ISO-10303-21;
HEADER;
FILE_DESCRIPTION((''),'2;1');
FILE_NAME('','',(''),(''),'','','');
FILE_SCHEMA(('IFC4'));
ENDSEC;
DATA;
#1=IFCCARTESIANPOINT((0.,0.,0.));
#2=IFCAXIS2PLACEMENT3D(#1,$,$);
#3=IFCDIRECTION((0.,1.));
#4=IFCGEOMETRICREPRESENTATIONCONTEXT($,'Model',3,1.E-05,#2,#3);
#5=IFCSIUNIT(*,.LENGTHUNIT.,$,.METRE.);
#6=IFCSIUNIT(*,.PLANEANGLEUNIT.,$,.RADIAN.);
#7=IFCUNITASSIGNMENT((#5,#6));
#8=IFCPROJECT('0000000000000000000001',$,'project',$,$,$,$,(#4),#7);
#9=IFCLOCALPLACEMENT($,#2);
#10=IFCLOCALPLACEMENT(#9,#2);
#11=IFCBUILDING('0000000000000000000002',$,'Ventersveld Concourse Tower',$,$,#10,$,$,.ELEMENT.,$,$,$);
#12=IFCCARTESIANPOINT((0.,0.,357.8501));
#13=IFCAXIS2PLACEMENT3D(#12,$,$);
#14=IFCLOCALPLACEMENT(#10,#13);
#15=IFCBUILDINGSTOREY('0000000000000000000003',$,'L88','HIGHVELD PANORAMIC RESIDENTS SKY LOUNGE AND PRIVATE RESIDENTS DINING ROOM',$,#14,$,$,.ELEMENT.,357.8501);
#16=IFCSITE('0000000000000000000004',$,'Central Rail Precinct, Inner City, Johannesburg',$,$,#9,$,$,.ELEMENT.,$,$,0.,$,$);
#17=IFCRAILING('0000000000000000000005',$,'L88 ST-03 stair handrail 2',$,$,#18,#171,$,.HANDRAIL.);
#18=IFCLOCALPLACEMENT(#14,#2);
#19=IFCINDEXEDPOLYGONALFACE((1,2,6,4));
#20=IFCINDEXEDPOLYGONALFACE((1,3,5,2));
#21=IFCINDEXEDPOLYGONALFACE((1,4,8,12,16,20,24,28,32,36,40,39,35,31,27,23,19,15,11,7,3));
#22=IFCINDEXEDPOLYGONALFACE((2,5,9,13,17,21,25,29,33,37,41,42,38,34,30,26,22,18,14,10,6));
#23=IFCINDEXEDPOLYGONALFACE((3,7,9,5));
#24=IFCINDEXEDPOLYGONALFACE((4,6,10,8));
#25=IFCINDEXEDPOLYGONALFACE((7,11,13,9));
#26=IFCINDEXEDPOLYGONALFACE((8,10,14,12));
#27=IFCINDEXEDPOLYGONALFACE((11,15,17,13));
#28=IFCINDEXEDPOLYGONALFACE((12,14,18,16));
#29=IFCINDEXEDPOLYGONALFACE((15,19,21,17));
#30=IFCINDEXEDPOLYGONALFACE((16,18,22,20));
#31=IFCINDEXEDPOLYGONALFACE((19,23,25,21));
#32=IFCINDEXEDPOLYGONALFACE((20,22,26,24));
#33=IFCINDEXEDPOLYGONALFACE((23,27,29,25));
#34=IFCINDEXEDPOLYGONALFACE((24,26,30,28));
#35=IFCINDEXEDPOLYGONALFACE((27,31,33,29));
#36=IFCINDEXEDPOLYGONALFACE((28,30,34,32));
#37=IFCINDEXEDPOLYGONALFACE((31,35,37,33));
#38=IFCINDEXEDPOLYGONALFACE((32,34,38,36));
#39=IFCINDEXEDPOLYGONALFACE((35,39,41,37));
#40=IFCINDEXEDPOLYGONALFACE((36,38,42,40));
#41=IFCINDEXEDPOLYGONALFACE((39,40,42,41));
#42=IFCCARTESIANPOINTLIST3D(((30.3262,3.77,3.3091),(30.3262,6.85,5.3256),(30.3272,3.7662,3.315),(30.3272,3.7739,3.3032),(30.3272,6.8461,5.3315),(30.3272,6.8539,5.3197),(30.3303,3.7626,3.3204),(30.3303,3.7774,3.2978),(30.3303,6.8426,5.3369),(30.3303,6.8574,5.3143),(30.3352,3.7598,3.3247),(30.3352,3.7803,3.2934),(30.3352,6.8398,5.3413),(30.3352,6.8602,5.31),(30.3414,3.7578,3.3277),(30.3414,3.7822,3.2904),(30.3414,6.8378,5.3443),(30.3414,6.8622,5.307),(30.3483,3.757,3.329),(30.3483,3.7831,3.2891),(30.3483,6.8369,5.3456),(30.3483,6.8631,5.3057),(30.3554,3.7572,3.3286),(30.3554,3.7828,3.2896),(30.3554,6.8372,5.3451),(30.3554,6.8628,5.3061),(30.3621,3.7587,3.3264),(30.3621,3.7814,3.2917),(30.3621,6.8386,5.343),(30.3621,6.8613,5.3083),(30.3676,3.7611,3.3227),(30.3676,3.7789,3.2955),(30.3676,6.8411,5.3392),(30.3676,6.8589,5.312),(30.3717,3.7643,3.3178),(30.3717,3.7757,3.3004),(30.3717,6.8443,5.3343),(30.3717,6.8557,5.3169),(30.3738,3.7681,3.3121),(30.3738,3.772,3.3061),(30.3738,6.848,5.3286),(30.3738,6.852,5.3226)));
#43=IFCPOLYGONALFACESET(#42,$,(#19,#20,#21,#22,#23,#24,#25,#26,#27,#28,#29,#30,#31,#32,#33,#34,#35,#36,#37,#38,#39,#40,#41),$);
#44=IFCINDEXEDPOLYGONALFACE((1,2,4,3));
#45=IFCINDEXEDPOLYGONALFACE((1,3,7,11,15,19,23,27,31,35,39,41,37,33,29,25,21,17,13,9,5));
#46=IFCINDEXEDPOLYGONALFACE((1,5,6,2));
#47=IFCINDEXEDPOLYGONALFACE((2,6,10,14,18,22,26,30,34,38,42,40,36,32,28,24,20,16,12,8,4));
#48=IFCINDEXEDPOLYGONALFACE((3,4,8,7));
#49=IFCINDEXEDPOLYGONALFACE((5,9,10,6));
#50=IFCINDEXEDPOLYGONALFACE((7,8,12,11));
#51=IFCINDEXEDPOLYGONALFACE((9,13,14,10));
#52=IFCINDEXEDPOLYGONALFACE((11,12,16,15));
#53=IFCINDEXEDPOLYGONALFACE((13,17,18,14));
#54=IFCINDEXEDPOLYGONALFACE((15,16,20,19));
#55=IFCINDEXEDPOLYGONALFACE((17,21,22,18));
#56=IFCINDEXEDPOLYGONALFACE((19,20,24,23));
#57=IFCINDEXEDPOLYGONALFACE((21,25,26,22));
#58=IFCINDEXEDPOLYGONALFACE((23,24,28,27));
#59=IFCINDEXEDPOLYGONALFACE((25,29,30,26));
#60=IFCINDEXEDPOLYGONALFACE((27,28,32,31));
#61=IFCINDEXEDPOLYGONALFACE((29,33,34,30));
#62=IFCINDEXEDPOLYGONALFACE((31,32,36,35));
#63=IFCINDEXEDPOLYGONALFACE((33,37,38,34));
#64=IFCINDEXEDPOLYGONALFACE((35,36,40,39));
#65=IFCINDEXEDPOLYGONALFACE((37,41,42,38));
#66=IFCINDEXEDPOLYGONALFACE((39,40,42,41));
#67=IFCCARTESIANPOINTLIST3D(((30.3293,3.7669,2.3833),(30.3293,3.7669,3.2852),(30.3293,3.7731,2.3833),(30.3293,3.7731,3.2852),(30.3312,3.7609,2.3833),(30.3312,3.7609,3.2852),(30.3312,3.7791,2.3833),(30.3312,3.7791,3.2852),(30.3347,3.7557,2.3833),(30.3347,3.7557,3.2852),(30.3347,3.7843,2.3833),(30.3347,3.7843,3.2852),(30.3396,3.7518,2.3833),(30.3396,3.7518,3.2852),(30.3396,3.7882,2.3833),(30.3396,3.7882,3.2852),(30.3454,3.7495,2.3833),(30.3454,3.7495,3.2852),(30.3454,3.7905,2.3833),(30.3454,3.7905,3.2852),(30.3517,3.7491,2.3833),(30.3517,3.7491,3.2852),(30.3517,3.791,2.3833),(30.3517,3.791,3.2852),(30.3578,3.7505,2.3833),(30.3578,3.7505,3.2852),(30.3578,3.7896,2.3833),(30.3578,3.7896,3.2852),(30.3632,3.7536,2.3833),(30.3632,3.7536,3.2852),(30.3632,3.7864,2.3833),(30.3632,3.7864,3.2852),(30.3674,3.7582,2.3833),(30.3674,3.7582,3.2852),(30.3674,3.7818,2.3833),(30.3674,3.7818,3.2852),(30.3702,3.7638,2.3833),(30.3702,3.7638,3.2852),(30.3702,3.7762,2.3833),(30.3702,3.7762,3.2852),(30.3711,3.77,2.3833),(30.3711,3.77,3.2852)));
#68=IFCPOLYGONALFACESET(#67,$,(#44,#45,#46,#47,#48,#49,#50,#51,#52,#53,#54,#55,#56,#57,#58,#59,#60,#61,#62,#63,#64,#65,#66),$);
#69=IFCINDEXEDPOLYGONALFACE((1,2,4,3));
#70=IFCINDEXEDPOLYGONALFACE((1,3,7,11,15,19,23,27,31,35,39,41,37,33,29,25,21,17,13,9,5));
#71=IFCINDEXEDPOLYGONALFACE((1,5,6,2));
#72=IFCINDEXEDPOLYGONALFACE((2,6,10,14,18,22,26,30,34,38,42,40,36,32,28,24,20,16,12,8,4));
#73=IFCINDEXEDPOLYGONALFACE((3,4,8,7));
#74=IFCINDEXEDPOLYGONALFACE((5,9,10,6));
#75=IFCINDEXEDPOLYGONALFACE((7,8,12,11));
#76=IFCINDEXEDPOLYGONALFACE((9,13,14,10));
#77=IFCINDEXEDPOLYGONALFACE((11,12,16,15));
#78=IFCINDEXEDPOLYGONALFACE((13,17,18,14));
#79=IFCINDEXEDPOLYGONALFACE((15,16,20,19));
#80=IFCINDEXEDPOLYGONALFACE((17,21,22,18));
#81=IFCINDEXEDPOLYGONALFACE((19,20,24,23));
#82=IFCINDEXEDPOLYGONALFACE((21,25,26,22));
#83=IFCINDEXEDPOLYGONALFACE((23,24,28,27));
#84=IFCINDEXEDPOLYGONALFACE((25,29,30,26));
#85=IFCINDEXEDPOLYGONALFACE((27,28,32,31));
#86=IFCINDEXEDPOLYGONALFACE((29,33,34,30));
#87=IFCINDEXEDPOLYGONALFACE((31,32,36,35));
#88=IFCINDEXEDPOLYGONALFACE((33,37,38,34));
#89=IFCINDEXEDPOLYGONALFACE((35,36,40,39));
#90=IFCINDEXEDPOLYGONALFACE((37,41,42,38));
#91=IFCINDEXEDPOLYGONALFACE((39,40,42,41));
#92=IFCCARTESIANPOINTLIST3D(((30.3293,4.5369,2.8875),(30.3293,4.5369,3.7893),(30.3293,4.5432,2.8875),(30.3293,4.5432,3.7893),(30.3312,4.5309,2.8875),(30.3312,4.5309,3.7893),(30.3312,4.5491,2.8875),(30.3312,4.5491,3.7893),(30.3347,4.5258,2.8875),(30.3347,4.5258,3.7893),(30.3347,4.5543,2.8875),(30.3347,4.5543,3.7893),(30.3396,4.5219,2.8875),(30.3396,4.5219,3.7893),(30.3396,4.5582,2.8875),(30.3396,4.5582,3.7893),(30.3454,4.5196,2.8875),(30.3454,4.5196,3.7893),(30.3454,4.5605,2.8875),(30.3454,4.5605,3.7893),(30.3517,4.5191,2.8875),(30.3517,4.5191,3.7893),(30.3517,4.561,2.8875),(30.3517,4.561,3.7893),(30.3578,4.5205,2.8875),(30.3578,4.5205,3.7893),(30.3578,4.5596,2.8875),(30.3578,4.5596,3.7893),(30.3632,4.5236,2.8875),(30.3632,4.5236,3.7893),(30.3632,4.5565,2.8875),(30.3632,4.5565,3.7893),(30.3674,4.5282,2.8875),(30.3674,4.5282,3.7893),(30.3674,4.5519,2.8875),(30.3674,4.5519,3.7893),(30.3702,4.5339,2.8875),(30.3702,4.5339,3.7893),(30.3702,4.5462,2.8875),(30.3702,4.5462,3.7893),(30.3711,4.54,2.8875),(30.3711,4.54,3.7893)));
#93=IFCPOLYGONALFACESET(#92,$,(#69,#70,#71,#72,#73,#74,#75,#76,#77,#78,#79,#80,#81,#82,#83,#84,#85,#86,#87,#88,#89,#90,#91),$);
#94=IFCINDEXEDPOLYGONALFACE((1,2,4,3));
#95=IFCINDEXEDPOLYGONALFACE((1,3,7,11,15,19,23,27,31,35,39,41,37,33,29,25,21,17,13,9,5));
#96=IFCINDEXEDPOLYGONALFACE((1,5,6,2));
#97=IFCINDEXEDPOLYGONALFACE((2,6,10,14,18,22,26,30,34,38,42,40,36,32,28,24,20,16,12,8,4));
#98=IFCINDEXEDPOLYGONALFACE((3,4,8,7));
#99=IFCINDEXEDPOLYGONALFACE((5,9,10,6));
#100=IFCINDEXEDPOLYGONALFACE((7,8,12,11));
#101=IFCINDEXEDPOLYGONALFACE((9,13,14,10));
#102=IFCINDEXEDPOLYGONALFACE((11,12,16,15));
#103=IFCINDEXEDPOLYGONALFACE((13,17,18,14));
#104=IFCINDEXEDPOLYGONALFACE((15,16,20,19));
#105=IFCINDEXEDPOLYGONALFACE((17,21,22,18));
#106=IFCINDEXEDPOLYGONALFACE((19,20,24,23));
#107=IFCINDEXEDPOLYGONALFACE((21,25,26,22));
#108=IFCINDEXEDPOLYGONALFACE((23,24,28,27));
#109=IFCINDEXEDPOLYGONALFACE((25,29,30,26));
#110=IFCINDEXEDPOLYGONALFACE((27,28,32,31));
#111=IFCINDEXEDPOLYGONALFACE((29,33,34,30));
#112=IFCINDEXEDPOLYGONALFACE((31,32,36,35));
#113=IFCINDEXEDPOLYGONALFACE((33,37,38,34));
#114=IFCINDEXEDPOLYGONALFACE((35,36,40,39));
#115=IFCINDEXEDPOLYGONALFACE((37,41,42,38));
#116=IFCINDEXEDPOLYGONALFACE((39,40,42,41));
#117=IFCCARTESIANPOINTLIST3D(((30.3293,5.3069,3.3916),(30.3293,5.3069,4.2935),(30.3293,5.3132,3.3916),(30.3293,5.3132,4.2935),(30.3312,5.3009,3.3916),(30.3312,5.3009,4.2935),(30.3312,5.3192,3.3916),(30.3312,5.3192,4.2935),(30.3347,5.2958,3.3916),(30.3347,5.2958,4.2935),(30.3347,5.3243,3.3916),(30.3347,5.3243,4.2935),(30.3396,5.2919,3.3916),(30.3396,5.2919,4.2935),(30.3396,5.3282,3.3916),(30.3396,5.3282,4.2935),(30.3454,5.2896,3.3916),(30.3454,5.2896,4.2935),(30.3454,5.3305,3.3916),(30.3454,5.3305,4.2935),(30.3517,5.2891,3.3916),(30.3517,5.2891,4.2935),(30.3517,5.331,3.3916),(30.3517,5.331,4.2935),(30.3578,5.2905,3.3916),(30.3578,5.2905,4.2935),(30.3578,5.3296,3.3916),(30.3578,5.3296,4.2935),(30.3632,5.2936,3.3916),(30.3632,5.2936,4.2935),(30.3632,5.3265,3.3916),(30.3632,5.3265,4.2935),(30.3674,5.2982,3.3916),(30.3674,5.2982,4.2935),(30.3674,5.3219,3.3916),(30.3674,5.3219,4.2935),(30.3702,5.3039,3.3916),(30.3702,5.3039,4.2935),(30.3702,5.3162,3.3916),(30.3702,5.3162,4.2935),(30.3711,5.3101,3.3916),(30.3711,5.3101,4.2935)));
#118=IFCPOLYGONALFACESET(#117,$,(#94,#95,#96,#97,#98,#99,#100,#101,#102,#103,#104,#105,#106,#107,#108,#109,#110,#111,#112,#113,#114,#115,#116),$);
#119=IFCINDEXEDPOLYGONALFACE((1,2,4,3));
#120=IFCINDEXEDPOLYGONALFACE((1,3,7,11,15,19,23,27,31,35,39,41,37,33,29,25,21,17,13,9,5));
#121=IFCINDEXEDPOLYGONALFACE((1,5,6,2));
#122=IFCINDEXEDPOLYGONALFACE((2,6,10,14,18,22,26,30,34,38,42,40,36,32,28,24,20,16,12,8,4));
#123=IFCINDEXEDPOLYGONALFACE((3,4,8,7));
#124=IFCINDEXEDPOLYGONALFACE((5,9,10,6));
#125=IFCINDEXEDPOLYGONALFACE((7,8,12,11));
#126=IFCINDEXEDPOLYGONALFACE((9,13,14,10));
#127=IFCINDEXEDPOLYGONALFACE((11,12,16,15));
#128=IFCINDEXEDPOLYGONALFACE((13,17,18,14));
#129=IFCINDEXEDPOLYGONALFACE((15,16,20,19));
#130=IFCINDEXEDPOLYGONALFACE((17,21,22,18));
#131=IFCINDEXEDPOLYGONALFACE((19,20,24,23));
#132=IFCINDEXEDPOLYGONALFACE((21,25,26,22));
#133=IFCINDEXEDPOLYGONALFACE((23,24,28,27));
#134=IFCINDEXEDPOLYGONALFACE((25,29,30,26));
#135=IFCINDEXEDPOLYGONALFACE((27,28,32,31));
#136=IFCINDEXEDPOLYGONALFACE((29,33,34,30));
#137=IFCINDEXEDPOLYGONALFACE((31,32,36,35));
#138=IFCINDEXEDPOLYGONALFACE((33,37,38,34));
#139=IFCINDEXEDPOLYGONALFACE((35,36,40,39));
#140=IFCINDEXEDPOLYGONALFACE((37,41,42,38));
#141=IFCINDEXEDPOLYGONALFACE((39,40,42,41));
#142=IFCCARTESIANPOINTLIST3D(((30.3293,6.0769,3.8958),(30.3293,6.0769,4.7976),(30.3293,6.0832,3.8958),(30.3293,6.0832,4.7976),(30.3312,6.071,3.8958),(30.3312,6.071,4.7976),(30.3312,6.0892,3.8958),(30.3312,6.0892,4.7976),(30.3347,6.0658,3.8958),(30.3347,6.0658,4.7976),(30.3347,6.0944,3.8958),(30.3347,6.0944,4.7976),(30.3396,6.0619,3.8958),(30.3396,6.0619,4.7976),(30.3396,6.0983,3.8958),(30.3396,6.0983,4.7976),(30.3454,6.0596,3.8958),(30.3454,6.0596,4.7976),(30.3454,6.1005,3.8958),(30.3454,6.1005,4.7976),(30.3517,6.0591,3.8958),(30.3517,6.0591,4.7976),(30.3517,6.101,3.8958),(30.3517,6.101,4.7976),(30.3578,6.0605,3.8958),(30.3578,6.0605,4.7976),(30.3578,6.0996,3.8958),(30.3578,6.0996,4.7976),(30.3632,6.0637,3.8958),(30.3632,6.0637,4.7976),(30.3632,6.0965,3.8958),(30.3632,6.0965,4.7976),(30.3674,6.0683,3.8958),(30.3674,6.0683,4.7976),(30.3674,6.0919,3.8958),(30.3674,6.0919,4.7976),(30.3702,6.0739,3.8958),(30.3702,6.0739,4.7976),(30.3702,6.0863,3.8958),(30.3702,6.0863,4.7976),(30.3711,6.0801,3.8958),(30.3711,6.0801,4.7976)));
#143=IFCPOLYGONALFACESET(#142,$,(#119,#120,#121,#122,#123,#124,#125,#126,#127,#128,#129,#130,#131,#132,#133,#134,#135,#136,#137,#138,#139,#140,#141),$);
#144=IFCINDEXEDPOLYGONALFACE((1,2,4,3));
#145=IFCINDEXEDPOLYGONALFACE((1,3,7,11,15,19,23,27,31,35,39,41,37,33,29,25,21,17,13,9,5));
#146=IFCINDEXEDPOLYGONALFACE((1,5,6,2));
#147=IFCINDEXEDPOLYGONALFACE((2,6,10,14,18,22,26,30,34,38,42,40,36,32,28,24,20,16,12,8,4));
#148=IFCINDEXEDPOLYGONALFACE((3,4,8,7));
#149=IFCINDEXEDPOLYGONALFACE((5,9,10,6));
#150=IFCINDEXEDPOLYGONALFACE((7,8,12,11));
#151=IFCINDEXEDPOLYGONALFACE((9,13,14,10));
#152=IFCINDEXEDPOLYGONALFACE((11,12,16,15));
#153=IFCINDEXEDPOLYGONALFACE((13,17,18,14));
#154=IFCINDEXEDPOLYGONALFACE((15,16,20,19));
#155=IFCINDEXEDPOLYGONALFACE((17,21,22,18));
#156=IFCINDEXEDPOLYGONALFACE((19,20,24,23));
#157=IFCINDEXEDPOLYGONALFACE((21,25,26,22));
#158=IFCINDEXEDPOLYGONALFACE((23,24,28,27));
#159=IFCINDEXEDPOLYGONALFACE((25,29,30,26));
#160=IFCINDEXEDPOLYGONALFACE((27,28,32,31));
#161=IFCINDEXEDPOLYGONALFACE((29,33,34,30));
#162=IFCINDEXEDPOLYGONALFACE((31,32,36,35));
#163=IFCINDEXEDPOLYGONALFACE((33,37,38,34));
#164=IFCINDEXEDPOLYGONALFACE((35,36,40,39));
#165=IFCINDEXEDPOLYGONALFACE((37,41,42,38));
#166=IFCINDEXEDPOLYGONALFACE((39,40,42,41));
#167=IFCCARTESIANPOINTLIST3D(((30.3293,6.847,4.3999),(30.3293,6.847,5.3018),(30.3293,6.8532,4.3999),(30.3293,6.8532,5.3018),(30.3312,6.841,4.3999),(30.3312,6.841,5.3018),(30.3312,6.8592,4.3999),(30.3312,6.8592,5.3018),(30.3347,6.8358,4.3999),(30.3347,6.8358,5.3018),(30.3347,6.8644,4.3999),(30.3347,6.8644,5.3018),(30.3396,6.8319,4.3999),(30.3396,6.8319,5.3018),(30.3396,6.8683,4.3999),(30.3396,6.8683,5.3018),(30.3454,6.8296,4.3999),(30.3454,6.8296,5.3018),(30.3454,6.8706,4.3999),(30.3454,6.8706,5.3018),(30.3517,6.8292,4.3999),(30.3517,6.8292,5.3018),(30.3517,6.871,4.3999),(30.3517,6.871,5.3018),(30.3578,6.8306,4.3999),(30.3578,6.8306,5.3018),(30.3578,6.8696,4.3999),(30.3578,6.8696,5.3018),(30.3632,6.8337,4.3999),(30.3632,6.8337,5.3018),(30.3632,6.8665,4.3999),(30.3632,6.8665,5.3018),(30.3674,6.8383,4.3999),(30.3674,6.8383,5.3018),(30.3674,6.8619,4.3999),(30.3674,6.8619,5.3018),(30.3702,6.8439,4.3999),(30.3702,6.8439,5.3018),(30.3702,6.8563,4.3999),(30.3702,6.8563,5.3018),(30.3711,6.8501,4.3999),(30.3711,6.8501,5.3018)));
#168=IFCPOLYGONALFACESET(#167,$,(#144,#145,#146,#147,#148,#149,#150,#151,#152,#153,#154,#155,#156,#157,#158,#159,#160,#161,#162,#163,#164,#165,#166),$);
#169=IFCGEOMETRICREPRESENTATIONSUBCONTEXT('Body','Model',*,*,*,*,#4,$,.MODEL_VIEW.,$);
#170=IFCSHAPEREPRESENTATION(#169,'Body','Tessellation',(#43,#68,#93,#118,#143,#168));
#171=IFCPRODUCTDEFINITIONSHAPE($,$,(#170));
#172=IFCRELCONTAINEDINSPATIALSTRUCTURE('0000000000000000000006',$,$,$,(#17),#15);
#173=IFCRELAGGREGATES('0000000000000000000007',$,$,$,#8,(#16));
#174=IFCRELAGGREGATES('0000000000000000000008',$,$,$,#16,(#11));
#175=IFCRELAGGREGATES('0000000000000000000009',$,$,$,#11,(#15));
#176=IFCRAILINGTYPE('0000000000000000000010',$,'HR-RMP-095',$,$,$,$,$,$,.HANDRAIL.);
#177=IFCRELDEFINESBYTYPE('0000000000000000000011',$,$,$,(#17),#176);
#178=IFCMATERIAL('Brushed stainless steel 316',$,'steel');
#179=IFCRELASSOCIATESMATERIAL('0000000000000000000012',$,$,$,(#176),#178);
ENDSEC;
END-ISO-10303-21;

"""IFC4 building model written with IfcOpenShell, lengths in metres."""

from ifc_helpers import new_model, si_unit, direction, frame, origin, origin_2d, place, context, subcontext, project, spatial, circle, extrude, material, type_object, element, save


model = new_model("IFC4")

# Units and contexts
model_context = context("Model", 3, precision=1e-05, world=origin(), true_north=direction((0.0, 1.0)))
body_context = subcontext(model_context, "Body", "Model", "MODEL_VIEW")
ifc_project = project(units=[si_unit("LENGTHUNIT", "METRE"), si_unit("PLANEANGLEUNIT", "RADIAN")], contexts=[model_context])

# Site, building, storey
site_placement = place(None, origin())
site = spatial("IfcSite", under=ifc_project, at=site_placement, Name="Central Rail Precinct, Inner City, Johannesburg", CompositionType="ELEMENT", RefElevation=0.0)
building_placement = place(site_placement, origin())
building = spatial("IfcBuilding", under=site, at=building_placement, Name="Ventersveld Concourse Tower", CompositionType="ELEMENT")
storey_placement = place(building_placement, frame((0.0, 0.0, 357.8501)))
storey = spatial("IfcBuildingStorey", under=building, at=storey_placement, Name="L88", Description="HIGHVELD PANORAMIC RESIDENTS SKY LOUNGE AND PRIVATE RESIDENTS DINING ROOM", CompositionType="ELEMENT", Elevation=357.8501)

# Shared definitions
ifc_material_1 = material(Name="Brushed stainless steel 316", Category="steel")

# Railing
railing_type_1 = type_object("IfcRailingType", Name="HR-RMP-095", PredefinedType="HANDRAIL", material=ifc_material_1)
railing_1_placement = place(storey_placement, frame((30.3501, 3.77, 2.3833)))
element("IfcRailing", 1, at=railing_1_placement, inside=storey, type_object=railing_type_1, Name="L88 ST-03 stair handrail 2", PredefinedType="HANDRAIL", context=body_context, shape_type="SweptSolid", body=[
    extrude(circle(Radius=0.0239, at=origin_2d()), frame((0.0, 0.0, 0.9258), z_axis=(0.0, 0.836633, 0.547764), x_axis=(-1.0, 0.0, 0.0)), (0.0, 0.0, 1.0), 3.6814),
    extrude(circle(Radius=0.021, at=origin_2d()), origin(), (0.0, 0.0, 1.0), 0.9019),
    extrude(circle(Radius=0.021, at=origin_2d()), frame((0.0, 0.77, 0.5042)), (0.0, 0.0, 1.0), 0.9019),
    extrude(circle(Radius=0.021, at=origin_2d()), frame((0.0, 1.54, 1.0083)), (0.0, 0.0, 1.0), 0.9019),
    extrude(circle(Radius=0.021, at=origin_2d()), frame((0.0, 2.3101, 1.5125)), (0.0, 0.0, 1.0), 0.9019),
    extrude(circle(Radius=0.021, at=origin_2d()), frame((0.0, 3.0801, 2.0166)), (0.0, 0.0, 1.0), 0.9019),
])

save(model, "model.ifc")
